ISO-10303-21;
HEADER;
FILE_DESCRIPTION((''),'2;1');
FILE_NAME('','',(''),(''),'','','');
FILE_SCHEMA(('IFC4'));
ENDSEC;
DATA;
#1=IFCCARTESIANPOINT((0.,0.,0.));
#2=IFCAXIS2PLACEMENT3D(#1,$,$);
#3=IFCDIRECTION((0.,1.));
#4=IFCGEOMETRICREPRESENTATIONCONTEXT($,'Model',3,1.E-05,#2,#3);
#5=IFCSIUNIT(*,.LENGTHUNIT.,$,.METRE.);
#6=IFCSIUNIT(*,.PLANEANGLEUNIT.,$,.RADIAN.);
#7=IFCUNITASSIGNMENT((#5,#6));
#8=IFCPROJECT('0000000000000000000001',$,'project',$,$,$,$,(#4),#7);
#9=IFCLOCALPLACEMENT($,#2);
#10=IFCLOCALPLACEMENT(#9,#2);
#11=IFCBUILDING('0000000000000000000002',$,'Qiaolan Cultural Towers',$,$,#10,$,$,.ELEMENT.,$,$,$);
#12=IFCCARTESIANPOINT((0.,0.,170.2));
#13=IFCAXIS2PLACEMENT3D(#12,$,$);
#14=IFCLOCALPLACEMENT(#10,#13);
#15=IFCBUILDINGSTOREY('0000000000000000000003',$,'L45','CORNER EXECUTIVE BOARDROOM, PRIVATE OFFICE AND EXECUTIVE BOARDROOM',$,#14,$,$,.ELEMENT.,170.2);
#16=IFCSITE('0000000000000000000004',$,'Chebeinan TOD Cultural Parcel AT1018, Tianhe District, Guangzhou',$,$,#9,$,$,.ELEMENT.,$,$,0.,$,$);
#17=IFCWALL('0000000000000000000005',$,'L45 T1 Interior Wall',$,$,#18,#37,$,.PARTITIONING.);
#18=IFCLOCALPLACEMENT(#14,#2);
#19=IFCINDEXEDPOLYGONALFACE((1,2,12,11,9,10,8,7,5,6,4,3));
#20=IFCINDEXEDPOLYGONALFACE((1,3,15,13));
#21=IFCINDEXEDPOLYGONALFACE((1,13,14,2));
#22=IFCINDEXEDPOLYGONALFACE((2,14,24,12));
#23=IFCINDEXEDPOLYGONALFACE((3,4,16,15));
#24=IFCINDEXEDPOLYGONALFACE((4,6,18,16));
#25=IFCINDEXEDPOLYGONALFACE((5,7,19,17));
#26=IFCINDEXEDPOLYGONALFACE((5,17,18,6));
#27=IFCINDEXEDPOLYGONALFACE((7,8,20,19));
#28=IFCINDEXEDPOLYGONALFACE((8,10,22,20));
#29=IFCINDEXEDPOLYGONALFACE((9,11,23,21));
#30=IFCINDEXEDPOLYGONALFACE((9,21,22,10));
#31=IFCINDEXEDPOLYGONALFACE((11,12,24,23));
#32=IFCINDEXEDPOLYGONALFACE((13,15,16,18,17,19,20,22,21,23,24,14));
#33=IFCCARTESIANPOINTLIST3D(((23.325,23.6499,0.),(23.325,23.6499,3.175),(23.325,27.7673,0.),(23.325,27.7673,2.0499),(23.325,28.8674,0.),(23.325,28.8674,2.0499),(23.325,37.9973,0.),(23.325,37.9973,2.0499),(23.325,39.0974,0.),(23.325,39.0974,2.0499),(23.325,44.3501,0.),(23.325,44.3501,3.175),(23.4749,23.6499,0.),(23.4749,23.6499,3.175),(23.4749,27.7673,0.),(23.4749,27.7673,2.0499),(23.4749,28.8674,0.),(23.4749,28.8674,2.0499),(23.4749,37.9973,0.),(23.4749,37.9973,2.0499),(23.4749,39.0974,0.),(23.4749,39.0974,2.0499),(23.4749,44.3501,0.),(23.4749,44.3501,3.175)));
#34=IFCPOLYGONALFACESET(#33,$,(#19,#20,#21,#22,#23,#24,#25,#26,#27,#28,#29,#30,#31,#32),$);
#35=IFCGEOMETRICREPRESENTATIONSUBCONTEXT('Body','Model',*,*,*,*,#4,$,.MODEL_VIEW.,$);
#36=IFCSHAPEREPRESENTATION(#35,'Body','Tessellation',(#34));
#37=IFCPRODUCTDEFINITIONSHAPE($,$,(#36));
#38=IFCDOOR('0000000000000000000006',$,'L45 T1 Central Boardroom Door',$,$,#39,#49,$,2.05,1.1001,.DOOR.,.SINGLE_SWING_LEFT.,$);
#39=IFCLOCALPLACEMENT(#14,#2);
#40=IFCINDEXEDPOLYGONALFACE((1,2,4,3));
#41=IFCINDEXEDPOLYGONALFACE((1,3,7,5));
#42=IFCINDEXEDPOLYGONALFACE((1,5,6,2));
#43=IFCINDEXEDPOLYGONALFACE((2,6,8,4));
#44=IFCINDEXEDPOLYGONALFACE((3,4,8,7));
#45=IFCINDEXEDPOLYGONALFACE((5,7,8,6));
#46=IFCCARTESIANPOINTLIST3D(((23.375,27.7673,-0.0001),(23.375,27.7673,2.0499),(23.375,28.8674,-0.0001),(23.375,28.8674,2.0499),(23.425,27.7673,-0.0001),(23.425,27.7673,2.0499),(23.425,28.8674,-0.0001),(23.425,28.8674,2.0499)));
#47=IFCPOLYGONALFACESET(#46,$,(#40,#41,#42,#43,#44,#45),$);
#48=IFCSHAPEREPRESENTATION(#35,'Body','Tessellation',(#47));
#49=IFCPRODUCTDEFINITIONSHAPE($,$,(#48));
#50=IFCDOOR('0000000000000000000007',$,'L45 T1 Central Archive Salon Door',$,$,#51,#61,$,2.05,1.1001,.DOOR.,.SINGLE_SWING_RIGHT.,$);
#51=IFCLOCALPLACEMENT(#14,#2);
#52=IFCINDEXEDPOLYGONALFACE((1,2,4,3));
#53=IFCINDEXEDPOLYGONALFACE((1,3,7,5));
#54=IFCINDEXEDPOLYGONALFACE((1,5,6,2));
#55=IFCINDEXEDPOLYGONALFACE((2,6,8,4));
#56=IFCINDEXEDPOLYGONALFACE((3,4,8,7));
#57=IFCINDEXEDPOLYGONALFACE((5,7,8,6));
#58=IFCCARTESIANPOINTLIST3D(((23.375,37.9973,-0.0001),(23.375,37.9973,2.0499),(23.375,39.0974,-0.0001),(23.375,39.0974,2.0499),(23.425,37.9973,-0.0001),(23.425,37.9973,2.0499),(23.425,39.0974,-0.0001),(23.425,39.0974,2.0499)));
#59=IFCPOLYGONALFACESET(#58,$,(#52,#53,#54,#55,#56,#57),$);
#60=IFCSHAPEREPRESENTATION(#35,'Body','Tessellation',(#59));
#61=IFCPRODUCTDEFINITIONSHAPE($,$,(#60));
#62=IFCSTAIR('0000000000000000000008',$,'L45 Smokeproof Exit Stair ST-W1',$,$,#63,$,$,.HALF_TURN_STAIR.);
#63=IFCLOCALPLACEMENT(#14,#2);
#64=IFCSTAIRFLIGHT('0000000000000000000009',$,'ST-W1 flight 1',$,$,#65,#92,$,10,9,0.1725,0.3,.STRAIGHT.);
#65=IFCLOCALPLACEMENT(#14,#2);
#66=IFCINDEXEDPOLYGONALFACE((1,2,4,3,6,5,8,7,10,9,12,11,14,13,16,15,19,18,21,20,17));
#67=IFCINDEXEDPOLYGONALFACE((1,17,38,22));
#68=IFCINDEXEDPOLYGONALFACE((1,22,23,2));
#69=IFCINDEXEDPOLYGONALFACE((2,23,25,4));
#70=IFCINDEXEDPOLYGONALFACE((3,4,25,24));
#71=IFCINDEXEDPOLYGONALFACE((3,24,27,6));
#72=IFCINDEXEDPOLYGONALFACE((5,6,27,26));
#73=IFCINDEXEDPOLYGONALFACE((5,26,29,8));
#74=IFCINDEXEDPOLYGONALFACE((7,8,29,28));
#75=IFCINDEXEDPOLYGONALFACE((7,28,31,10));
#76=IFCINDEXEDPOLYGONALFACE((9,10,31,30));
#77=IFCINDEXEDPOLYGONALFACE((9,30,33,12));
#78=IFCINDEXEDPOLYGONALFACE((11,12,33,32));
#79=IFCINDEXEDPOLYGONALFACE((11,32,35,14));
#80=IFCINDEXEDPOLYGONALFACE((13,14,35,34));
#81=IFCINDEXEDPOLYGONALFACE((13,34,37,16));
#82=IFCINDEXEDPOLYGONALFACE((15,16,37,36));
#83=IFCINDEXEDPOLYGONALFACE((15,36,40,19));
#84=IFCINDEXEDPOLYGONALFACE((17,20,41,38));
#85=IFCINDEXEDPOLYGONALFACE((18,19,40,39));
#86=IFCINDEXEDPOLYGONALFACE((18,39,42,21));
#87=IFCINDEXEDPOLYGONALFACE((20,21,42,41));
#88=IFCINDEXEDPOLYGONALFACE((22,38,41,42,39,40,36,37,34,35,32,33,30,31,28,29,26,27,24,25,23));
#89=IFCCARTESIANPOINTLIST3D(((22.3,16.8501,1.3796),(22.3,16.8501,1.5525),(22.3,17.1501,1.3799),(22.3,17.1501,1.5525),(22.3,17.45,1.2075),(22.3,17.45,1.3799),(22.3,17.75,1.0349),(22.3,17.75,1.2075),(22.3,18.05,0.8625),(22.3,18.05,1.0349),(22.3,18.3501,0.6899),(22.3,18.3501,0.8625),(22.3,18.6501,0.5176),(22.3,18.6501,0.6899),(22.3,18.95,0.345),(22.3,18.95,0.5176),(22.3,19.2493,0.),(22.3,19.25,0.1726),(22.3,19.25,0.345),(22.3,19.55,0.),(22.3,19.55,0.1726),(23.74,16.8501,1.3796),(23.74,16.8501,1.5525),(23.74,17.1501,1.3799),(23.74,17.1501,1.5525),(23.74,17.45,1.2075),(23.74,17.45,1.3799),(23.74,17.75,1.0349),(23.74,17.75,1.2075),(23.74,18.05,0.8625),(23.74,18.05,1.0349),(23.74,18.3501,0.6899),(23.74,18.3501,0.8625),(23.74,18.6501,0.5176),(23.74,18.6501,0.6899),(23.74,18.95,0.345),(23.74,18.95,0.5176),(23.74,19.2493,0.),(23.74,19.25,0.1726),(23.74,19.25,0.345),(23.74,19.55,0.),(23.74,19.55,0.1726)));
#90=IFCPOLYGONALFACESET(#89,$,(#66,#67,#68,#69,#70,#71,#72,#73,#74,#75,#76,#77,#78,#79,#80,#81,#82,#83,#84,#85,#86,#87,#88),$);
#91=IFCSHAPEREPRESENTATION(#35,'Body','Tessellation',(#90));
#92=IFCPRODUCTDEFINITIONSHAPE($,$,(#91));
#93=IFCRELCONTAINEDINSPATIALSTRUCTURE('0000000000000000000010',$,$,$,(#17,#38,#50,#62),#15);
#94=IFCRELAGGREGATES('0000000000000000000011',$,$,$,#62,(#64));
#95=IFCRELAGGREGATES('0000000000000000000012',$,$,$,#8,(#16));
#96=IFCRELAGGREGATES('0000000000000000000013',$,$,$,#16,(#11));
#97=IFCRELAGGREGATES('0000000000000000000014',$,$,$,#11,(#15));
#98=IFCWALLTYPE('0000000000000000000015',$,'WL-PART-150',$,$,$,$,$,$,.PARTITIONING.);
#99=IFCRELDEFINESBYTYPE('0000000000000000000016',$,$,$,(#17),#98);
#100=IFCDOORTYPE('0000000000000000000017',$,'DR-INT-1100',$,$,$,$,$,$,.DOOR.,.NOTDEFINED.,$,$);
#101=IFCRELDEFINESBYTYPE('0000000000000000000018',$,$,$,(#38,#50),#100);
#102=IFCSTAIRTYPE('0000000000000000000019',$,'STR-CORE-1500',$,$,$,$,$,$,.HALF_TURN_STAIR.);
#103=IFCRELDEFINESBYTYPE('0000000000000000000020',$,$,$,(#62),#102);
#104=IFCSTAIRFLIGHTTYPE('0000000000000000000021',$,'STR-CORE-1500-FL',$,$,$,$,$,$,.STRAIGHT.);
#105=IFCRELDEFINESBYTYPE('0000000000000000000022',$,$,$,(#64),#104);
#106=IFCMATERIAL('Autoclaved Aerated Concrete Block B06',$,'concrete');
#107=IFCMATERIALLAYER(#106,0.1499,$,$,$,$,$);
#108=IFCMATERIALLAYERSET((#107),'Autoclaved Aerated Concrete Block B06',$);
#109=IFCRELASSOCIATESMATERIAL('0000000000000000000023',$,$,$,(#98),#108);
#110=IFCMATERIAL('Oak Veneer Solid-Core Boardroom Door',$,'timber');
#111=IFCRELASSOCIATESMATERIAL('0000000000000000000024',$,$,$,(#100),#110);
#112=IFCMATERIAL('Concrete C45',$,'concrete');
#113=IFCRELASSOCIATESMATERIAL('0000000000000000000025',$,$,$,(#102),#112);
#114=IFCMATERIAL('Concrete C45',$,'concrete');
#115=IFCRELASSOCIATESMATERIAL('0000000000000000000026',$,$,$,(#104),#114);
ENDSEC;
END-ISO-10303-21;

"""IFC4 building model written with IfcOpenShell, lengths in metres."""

from ifc_helpers import new_model, si_unit, direction, frame, frame_2d, origin, place, context, subcontext, project, spatial, polyline, rectangle, outline, extrude, material, layer, layer_set, type_object, element, fill, aggregate, save


model = new_model("IFC4")

# Units and contexts
model_context = context("Model", 3, precision=1e-05, world=origin(), true_north=direction((0.0, 1.0)))
body_context = subcontext(model_context, "Body", "Model", "MODEL_VIEW")
ifc_project = project(units=[si_unit("LENGTHUNIT", "METRE"), si_unit("PLANEANGLEUNIT", "RADIAN")], contexts=[model_context])

# Site, building, storey
site_placement = place(None, origin())
site = spatial("IfcSite", under=ifc_project, at=site_placement, Name="Chebeinan TOD Cultural Parcel AT1018, Tianhe District, Guangzhou", CompositionType="ELEMENT", RefElevation=0.0)
building_placement = place(site_placement, origin())
building = spatial("IfcBuilding", under=site, at=building_placement, Name="Qiaolan Cultural Towers", CompositionType="ELEMENT")
storey_placement = place(building_placement, frame((0.0, 0.0, 170.2)))
storey = spatial("IfcBuildingStorey", under=building, at=storey_placement, Name="L45", Description="CORNER EXECUTIVE BOARDROOM, PRIVATE OFFICE AND EXECUTIVE BOARDROOM", CompositionType="ELEMENT", Elevation=170.2)

# Shared definitions
ifc_material_1 = material(Name="Autoclaved Aerated Concrete Block B06", Category="concrete")
ifc_layer_1 = layer(ifc_material_1, 0.1499)
ifc_layer_set_1 = layer_set([ifc_layer_1], Name="Autoclaved Aerated Concrete Block B06")
wall_type_1 = type_object("IfcWallType", Name="WL-PART-150", PredefinedType="PARTITIONING", material=ifc_layer_set_1)

# Wall, openings, doors
wall_1_placement = place(storey_placement, frame((23.3999, 23.6499, 0.0), z_axis=(0.0, 0.0, 1.0), x_axis=(0.0, 1.0, 0.0)))
wall_1 = element("IfcWall", 1, at=wall_1_placement, inside=storey, type_object=wall_type_1, Name="L45 T1 Interior Wall", PredefinedType="PARTITIONING", context=body_context, shape_type="SweptSolid", body=[
    extrude(rectangle(XDim=20.7002, YDim=0.1499, at=frame_2d((10.3501, 0.0))), origin(), (0.0, 0.0, 1.0), 3.175),
])
opening_1_placement = place(wall_1_placement, frame((4.1174, 0.0, 0.0)))
opening_1 = element("IfcOpeningElement", 2, at=opening_1_placement, cuts=wall_1, PredefinedType="OPENING", context=body_context, shape_type="SweptSolid", body=[
    extrude(rectangle(XDim=1.1001, YDim=2.05, at=frame_2d((0.55, 1.0249))), frame((0.0, 0.085, 0.0), z_axis=(0.0, -1.0, 0.0), x_axis=(1.0, 0.0, 0.0)), (0.0, 0.0, 1.0), 0.1699),
])
opening_2_placement = place(wall_1_placement, frame((14.3474, 0.0, 0.0)))
opening_2 = element("IfcOpeningElement", 3, at=opening_2_placement, cuts=wall_1, PredefinedType="OPENING", context=body_context, shape_type="SweptSolid", body=[
    extrude(rectangle(XDim=1.1001, YDim=2.05, at=frame_2d((0.55, 1.0249))), frame((0.0, 0.085, 0.0), z_axis=(0.0, -1.0, 0.0), x_axis=(1.0, 0.0, 0.0)), (0.0, 0.0, 1.0), 0.1699),
])
ifc_material_2 = material(Name="Oak Veneer Solid-Core Boardroom Door", Category="timber")
door_type_1 = type_object("IfcDoorType", Name="DR-INT-1100", OperationType="NOTDEFINED", PredefinedType="DOOR", material=ifc_material_2)
door_1_placement = place(opening_1_placement, origin())
door_1 = element("IfcDoor", 4, at=door_1_placement, inside=storey, type_object=door_type_1, Name="L45 T1 Central Boardroom Door", OperationType="SINGLE_SWING_LEFT", OverallHeight=2.05, OverallWidth=1.1001, PredefinedType="DOOR", context=body_context, shape_type="SweptSolid", body=[
    extrude(rectangle(XDim=1.1001, YDim=2.05, at=frame_2d((0.55, 1.0249))), frame((0.0, 0.0249, 0.0), z_axis=(0.0, -1.0, 0.0), x_axis=(1.0, 0.0, 0.0)), (0.0, 0.0, 1.0), 0.05),
])
fill(opening_1, door_1)
door_2_placement = place(opening_2_placement, origin())
door_2 = element("IfcDoor", 5, at=door_2_placement, inside=storey, type_object=door_type_1, Name="L45 T1 Central Archive Salon Door", OperationType="SINGLE_SWING_RIGHT", OverallHeight=2.05, OverallWidth=1.1001, PredefinedType="DOOR", context=body_context, shape_type="SweptSolid", body=[
    extrude(rectangle(XDim=1.1001, YDim=2.05, at=frame_2d((0.55, 1.0249))), frame((0.0, 0.0249, 0.0), z_axis=(0.0, -1.0, 0.0), x_axis=(1.0, 0.0, 0.0)), (0.0, 0.0, 1.0), 0.05),
])
fill(opening_2, door_2)

# Stair, stair flight
ifc_material_3 = material(Name="Concrete C45", Category="concrete")
stair_type = type_object("IfcStairType", Name="STR-CORE-1500", PredefinedType="HALF_TURN_STAIR", material=ifc_material_3)
stair_placement = place(storey_placement, origin())
stair = element("IfcStair", 6, at=stair_placement, inside=storey, type_object=stair_type, Name="L45 Smokeproof Exit Stair ST-W1", PredefinedType="HALF_TURN_STAIR")
ifc_material_4 = material(Name="Concrete C45", Category="concrete")
stair_flight_type = type_object("IfcStairFlightType", Name="STR-CORE-1500-FL", PredefinedType="STRAIGHT", material=ifc_material_4)
stair_flight_placement = place(storey_placement, frame((23.02, 19.55, 0.0), z_axis=(0.0, 0.0, 1.0), x_axis=(0.0, -1.0, 0.0)))
stair_flight = element("IfcStairFlight", 7, at=stair_flight_placement, type_object=stair_flight_type, Name="ST-W1 flight 1", NumberOfRisers=10, NumberOfTreads=9, PredefinedType="STRAIGHT", RiserHeight=0.1725, TreadLength=0.3, context=body_context, shape_type="SweptSolid", body=[
    extrude(outline(polyline([(0.0, 0.0), (0.0, 0.1726), (0.3, 0.1726), (0.3, 0.345), (0.6001, 0.345), (0.6001, 0.5176), (0.8999, 0.5176), (0.8999, 0.6899), (1.2, 0.6899), (1.2, 0.8625), (1.5, 0.8625), (1.5, 1.0349), (1.8, 1.0349), (1.8, 1.2075), (2.1001, 1.2075), (2.1001, 1.3799), (2.3999, 1.3799), (2.3999, 1.5525), (2.7, 1.5525), (2.7, 1.7251), (2.7, 1.3796), (0.3008, 0.0), (0.0, 0.0)])), frame((0.0, 0.72, 0.0), z_axis=(0.0, -1.0, 0.0), x_axis=(1.0, 0.0, 0.0)), (0.0, 0.0, 1.0), 1.4399),
])
aggregate(stair, [stair_flight])

save(model, "model.ifc")
